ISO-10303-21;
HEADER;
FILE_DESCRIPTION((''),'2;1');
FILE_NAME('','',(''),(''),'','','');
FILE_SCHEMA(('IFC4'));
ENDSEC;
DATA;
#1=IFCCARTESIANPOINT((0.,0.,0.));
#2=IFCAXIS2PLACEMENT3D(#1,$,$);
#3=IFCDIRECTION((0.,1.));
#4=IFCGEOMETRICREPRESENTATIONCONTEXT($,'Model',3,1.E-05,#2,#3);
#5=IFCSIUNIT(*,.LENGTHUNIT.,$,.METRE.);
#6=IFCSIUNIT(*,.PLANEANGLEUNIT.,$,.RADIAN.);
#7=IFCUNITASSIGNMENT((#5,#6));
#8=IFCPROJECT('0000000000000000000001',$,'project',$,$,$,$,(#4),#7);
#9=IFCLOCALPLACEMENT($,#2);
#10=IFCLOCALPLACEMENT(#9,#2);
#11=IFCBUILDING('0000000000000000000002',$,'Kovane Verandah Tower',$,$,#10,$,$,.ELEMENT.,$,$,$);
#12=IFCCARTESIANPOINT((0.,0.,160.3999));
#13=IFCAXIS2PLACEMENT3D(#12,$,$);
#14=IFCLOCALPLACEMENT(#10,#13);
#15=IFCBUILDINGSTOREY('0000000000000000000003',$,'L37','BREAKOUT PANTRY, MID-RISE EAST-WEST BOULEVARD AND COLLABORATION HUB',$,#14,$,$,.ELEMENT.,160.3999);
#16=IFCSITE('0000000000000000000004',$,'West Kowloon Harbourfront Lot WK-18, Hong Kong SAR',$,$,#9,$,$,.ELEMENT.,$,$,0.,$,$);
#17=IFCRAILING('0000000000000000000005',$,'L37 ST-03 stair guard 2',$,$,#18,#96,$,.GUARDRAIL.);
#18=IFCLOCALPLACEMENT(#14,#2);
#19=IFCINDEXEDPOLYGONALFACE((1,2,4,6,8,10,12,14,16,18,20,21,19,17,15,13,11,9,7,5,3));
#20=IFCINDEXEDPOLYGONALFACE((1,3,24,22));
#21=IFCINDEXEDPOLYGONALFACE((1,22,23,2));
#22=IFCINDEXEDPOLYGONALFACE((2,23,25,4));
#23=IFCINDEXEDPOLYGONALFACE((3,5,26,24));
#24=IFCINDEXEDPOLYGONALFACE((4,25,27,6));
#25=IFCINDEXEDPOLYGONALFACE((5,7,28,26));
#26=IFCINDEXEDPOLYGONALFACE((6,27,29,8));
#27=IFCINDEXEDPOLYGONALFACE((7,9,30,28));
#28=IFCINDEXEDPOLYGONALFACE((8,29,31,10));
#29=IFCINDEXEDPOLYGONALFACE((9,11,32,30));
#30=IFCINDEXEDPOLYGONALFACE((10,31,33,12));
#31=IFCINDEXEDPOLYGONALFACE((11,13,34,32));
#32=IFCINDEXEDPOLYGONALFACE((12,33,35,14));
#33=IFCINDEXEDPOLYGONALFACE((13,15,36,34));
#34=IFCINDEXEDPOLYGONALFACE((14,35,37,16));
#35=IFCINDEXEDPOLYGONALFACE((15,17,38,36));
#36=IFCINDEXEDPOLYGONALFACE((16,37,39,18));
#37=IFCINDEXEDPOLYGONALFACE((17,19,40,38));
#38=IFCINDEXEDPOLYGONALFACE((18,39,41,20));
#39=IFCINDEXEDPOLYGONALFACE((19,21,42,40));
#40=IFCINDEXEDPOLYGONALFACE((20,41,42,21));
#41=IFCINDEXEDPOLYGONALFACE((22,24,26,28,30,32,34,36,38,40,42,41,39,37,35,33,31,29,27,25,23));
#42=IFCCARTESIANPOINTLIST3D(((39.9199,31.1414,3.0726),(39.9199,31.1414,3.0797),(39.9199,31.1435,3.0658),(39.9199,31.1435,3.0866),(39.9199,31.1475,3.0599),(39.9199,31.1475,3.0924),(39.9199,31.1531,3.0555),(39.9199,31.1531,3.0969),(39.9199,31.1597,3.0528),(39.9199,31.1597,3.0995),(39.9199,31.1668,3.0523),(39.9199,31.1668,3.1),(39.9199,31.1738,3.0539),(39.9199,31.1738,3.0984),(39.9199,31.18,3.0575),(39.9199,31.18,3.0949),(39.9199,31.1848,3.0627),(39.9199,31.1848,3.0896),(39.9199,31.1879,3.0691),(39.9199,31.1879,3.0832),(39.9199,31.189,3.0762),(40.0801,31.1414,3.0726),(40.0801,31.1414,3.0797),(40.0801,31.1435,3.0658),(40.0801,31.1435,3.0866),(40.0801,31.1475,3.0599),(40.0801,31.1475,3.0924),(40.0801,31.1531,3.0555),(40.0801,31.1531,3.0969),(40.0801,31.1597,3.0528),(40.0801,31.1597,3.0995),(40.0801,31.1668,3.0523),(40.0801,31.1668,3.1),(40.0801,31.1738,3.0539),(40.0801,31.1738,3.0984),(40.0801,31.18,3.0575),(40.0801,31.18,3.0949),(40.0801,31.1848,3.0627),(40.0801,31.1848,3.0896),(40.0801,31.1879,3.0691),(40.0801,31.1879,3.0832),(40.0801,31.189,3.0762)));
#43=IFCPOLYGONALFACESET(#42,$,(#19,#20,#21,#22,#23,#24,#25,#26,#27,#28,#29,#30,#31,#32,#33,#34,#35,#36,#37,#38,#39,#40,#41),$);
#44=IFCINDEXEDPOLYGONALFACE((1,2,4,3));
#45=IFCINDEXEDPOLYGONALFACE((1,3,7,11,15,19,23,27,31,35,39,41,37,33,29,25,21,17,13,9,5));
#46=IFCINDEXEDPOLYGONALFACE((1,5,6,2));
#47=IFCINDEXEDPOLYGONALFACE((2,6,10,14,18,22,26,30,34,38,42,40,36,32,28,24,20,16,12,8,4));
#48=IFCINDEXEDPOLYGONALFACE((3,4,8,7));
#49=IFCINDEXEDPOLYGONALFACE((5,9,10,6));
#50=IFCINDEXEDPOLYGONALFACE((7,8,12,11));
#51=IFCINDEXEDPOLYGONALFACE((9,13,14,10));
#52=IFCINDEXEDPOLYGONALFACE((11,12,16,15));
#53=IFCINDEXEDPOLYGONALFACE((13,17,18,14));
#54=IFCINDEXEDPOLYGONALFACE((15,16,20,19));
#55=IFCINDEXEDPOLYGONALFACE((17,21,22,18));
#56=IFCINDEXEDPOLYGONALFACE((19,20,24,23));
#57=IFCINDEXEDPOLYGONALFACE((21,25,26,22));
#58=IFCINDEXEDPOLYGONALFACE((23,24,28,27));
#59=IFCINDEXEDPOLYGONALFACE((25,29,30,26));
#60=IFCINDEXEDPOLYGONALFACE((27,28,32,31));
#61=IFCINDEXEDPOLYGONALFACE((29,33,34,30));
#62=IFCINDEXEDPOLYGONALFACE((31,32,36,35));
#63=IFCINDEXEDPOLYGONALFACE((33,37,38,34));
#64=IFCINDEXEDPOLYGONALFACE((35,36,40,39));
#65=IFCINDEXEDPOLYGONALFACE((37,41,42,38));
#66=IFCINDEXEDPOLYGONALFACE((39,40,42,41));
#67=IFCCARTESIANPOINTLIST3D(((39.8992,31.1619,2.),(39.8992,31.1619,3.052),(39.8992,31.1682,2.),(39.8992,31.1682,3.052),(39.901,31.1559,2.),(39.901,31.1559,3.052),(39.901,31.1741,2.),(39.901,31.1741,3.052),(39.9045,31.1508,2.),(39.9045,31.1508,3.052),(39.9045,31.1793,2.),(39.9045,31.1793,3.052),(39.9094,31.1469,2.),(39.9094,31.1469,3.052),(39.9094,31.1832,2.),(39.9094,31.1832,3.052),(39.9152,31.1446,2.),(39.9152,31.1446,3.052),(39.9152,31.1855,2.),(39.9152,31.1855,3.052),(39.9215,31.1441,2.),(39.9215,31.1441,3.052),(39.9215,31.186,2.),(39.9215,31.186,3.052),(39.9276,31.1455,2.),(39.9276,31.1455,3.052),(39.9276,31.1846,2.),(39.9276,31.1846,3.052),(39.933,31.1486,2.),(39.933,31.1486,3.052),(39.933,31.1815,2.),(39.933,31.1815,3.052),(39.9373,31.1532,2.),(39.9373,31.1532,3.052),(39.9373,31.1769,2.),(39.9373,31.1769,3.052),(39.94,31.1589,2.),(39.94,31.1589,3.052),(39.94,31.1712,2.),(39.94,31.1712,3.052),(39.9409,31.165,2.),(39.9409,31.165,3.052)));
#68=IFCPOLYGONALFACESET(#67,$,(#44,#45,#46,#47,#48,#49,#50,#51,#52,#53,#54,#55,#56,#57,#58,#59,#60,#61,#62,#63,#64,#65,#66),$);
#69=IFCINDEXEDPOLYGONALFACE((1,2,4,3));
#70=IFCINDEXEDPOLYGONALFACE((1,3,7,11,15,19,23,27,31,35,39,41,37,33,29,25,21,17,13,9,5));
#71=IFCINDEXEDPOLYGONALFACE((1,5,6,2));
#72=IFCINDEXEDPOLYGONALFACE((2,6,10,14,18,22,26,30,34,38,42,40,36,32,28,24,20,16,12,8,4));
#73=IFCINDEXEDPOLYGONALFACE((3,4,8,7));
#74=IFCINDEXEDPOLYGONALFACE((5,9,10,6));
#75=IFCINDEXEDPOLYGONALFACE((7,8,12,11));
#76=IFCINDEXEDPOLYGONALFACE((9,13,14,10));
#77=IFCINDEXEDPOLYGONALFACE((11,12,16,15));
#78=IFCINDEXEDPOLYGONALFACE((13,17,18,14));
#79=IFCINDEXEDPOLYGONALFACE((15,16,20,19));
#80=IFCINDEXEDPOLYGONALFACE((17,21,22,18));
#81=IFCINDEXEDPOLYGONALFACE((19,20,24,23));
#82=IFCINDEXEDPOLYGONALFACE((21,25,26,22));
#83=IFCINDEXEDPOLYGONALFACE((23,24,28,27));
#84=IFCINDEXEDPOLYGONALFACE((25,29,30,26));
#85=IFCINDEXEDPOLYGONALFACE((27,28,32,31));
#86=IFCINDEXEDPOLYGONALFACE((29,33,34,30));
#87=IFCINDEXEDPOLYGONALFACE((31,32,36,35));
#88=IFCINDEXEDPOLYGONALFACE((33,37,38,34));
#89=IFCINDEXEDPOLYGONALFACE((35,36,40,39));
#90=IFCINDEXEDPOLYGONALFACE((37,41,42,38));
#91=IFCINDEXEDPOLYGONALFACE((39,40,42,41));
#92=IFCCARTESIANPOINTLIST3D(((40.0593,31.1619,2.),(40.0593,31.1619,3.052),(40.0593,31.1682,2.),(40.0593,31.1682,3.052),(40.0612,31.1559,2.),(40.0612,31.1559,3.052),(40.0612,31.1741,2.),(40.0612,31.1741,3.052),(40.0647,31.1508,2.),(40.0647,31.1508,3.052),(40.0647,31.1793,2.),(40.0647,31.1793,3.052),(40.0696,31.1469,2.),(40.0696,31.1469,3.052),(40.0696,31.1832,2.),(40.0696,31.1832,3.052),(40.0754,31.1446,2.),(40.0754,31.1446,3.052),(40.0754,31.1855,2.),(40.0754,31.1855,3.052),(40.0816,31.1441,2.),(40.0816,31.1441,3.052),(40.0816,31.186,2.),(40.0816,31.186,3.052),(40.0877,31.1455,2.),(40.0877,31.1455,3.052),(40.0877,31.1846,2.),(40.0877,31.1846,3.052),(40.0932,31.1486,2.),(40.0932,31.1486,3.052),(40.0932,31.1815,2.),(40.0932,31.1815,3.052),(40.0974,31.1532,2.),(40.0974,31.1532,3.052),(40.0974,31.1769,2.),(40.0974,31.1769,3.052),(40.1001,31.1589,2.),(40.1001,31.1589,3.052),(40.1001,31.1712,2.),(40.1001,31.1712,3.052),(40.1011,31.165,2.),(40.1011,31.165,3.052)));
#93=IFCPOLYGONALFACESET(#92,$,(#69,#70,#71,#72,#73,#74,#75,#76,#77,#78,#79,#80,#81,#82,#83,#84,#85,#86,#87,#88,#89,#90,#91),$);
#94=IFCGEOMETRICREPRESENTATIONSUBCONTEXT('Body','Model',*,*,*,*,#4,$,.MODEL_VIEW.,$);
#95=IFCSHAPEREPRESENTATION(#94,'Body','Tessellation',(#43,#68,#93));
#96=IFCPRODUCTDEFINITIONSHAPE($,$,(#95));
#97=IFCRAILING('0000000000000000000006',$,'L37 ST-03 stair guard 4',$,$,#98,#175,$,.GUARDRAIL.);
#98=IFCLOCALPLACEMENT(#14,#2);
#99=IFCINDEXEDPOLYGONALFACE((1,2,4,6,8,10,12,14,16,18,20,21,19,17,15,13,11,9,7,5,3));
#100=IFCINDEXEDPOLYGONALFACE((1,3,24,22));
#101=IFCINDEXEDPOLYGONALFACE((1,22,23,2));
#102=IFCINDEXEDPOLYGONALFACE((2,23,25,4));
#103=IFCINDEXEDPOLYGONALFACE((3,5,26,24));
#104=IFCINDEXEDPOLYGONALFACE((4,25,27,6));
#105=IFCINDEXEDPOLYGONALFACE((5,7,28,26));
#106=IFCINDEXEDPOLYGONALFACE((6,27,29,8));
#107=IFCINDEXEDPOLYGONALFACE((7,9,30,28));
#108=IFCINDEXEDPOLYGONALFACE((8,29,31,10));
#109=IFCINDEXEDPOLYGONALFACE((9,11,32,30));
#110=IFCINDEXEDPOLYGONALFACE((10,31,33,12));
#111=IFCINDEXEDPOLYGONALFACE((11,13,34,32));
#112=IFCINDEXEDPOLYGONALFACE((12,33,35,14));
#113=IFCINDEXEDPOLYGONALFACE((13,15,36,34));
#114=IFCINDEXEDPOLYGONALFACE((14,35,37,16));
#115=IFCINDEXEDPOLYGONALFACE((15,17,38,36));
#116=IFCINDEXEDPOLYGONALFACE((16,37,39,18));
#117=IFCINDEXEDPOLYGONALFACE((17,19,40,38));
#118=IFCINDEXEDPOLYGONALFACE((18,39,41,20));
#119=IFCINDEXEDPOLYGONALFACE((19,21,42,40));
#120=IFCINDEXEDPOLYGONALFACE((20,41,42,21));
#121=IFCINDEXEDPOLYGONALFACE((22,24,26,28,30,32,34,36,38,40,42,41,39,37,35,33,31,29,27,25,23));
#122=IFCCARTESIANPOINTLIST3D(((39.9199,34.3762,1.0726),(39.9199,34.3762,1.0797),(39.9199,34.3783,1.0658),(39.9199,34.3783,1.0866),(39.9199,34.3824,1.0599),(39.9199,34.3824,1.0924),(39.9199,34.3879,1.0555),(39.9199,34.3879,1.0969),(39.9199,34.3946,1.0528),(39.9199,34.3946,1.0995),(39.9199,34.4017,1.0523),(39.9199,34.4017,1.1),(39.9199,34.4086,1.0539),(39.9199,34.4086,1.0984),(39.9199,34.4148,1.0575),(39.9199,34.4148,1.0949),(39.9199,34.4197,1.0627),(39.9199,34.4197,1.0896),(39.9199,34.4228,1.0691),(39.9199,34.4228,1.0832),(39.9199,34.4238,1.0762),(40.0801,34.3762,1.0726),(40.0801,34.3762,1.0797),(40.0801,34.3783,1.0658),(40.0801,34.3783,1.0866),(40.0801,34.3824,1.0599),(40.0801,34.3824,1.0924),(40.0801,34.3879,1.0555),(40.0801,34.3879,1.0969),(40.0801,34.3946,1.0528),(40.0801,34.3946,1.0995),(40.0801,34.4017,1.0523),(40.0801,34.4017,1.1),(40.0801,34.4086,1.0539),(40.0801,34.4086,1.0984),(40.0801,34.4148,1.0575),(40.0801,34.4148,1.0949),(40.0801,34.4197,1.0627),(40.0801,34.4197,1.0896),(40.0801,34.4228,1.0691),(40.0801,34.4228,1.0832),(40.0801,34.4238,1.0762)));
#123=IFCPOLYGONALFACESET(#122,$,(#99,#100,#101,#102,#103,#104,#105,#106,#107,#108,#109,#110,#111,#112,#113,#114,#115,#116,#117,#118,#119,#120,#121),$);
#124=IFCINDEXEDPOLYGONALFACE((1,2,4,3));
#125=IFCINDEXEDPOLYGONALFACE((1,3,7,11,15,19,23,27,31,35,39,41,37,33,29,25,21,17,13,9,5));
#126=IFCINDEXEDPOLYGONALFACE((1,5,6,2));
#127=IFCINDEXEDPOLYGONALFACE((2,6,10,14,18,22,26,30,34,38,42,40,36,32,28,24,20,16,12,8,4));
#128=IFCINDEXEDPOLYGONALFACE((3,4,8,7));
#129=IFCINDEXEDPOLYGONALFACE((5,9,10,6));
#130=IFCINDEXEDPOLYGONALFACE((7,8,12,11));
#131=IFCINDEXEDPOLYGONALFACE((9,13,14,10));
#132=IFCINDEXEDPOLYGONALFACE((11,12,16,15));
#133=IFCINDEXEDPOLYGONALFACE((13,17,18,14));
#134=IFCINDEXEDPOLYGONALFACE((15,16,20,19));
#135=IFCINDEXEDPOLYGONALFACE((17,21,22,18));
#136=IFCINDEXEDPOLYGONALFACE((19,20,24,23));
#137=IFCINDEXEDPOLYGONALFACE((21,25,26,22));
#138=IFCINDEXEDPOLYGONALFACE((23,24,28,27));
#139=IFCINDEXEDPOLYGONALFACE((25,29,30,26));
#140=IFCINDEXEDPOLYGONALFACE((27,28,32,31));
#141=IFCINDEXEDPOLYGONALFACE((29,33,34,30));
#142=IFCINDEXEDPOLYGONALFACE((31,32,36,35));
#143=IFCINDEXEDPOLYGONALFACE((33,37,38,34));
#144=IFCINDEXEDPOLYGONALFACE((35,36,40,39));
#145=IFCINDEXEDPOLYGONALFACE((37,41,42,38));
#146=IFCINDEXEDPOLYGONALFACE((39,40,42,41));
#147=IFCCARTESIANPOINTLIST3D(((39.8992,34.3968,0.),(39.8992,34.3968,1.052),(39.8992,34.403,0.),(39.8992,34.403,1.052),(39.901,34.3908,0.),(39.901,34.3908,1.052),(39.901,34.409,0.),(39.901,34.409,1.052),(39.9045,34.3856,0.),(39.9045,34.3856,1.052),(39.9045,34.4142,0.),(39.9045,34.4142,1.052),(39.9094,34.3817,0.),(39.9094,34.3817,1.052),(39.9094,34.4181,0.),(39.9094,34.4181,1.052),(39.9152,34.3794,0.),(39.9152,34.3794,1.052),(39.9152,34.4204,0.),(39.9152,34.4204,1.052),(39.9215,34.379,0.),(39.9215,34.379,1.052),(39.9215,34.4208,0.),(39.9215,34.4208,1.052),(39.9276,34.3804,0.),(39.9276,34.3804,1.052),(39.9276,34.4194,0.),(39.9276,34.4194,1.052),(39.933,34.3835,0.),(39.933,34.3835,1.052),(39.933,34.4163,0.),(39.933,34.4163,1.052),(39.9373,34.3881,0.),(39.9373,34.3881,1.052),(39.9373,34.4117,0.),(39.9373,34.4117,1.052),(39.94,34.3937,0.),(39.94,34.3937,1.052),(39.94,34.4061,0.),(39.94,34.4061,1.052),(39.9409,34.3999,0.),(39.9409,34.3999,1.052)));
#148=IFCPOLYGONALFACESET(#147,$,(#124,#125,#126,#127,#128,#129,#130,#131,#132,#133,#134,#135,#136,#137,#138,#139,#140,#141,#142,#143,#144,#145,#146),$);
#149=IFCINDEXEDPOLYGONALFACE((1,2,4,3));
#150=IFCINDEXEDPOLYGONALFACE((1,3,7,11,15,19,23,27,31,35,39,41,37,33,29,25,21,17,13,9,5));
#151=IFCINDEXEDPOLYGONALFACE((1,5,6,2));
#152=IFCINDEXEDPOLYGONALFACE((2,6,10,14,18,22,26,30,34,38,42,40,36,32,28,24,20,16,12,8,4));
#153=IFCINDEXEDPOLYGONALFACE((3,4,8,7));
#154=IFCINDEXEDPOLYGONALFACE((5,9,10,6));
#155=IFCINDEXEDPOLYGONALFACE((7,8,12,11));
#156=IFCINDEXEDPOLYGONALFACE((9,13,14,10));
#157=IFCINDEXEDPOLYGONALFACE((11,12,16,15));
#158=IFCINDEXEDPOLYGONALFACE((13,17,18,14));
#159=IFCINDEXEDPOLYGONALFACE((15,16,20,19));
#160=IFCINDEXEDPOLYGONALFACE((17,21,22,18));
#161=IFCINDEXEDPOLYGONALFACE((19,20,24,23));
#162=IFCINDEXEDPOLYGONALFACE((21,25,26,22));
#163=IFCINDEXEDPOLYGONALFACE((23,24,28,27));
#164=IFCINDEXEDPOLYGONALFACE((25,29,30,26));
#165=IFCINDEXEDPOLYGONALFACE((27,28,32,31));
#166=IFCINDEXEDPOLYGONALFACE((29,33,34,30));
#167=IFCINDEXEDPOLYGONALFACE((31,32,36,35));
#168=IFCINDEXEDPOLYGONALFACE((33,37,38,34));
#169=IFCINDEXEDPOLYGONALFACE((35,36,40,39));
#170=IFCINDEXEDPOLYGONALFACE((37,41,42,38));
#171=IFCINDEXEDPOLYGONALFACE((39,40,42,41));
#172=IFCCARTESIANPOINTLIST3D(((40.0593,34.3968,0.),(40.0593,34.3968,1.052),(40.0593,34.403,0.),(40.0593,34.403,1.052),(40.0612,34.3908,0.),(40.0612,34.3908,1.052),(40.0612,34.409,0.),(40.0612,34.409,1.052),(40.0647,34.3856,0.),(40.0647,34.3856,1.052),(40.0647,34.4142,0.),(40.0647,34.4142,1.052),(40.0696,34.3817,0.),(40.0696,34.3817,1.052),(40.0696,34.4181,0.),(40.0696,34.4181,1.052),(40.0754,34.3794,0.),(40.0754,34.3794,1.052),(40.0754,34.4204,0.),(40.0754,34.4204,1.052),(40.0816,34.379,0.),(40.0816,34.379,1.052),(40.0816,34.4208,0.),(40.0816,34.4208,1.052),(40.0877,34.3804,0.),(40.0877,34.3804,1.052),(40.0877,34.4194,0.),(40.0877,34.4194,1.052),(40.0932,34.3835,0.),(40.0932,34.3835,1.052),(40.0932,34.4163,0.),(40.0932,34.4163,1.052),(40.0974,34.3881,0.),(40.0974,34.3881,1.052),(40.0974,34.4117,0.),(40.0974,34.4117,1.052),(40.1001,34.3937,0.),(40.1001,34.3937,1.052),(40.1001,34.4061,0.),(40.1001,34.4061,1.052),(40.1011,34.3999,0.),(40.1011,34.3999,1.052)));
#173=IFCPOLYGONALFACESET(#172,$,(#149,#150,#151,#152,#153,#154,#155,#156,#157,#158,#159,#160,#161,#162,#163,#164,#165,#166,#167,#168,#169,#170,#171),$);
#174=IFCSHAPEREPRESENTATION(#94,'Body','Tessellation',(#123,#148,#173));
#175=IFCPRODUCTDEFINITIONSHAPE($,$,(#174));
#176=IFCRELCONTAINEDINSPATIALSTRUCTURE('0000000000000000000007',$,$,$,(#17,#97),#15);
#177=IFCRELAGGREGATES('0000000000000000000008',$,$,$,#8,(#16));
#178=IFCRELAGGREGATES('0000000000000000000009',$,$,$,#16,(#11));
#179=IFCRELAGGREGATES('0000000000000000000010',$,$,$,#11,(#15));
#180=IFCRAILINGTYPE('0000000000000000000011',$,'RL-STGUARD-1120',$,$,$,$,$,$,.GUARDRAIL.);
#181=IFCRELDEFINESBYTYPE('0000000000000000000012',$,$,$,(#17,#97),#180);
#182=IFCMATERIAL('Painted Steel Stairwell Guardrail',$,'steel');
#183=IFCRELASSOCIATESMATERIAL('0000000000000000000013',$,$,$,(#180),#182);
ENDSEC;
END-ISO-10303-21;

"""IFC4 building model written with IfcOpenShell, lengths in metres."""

from ifc_helpers import new_model, si_unit, direction, frame, origin, origin_2d, place, context, subcontext, project, spatial, circle, extrude, material, type_object, element, save


model = new_model("IFC4")

# Units and contexts
model_context = context("Model", 3, precision=1e-05, world=origin(), true_north=direction((0.0, 1.0)))
body_context = subcontext(model_context, "Body", "Model", "MODEL_VIEW")
ifc_project = project(units=[si_unit("LENGTHUNIT", "METRE"), si_unit("PLANEANGLEUNIT", "RADIAN")], contexts=[model_context])

# Site, building, storey
site_placement = place(None, origin())
site = spatial("IfcSite", under=ifc_project, at=site_placement, Name="West Kowloon Harbourfront Lot WK-18, Hong Kong SAR", CompositionType="ELEMENT", RefElevation=0.0)
building_placement = place(site_placement, origin())
building = spatial("IfcBuilding", under=site, at=building_placement, Name="Kovane Verandah Tower", CompositionType="ELEMENT")
storey_placement = place(building_placement, frame((0.0, 0.0, 160.3999)))
storey = spatial("IfcBuildingStorey", under=building, at=storey_placement, Name="L37", Description="BREAKOUT PANTRY, MID-RISE EAST-WEST BOULEVARD AND COLLABORATION HUB", CompositionType="ELEMENT", Elevation=160.3999)

# Railings
ifc_material_1 = material(Name="Painted Steel Stairwell Guardrail", Category="steel")
railing_type_1 = type_object("IfcRailingType", Name="RL-STGUARD-1120", PredefinedType="GUARDRAIL", material=ifc_material_1)
for number, where, name in (
    (1, (39.9199, 31.165, 2.0), "L37 ST-03 stair guard 2"),
    (2, (39.9199, 34.3999, 0.0), "L37 ST-03 stair guard 4"),
):
    element("IfcRailing", number, at=place(storey_placement, frame(where)), inside=storey, type_object=railing_type_1, Name=name, PredefinedType="GUARDRAIL", context=body_context, shape_type="SweptSolid", body=[
        extrude(circle(Radius=0.0239, at=origin_2d()), frame((0.0, 0.0, 1.0762), z_axis=(1.0, 0.0, 0.0), x_axis=(0.0, 1.0, 0.0)), (0.0, 0.0, 1.0), 0.1602),
        extrude(circle(Radius=0.021, at=origin_2d()), origin(), (0.0, 0.0, 1.0), 1.052),
        extrude(circle(Radius=0.021, at=origin_2d()), frame((0.1602, 0.0, 0.0)), (0.0, 0.0, 1.0), 1.052),
    ])

save(model, "model.ifc")
